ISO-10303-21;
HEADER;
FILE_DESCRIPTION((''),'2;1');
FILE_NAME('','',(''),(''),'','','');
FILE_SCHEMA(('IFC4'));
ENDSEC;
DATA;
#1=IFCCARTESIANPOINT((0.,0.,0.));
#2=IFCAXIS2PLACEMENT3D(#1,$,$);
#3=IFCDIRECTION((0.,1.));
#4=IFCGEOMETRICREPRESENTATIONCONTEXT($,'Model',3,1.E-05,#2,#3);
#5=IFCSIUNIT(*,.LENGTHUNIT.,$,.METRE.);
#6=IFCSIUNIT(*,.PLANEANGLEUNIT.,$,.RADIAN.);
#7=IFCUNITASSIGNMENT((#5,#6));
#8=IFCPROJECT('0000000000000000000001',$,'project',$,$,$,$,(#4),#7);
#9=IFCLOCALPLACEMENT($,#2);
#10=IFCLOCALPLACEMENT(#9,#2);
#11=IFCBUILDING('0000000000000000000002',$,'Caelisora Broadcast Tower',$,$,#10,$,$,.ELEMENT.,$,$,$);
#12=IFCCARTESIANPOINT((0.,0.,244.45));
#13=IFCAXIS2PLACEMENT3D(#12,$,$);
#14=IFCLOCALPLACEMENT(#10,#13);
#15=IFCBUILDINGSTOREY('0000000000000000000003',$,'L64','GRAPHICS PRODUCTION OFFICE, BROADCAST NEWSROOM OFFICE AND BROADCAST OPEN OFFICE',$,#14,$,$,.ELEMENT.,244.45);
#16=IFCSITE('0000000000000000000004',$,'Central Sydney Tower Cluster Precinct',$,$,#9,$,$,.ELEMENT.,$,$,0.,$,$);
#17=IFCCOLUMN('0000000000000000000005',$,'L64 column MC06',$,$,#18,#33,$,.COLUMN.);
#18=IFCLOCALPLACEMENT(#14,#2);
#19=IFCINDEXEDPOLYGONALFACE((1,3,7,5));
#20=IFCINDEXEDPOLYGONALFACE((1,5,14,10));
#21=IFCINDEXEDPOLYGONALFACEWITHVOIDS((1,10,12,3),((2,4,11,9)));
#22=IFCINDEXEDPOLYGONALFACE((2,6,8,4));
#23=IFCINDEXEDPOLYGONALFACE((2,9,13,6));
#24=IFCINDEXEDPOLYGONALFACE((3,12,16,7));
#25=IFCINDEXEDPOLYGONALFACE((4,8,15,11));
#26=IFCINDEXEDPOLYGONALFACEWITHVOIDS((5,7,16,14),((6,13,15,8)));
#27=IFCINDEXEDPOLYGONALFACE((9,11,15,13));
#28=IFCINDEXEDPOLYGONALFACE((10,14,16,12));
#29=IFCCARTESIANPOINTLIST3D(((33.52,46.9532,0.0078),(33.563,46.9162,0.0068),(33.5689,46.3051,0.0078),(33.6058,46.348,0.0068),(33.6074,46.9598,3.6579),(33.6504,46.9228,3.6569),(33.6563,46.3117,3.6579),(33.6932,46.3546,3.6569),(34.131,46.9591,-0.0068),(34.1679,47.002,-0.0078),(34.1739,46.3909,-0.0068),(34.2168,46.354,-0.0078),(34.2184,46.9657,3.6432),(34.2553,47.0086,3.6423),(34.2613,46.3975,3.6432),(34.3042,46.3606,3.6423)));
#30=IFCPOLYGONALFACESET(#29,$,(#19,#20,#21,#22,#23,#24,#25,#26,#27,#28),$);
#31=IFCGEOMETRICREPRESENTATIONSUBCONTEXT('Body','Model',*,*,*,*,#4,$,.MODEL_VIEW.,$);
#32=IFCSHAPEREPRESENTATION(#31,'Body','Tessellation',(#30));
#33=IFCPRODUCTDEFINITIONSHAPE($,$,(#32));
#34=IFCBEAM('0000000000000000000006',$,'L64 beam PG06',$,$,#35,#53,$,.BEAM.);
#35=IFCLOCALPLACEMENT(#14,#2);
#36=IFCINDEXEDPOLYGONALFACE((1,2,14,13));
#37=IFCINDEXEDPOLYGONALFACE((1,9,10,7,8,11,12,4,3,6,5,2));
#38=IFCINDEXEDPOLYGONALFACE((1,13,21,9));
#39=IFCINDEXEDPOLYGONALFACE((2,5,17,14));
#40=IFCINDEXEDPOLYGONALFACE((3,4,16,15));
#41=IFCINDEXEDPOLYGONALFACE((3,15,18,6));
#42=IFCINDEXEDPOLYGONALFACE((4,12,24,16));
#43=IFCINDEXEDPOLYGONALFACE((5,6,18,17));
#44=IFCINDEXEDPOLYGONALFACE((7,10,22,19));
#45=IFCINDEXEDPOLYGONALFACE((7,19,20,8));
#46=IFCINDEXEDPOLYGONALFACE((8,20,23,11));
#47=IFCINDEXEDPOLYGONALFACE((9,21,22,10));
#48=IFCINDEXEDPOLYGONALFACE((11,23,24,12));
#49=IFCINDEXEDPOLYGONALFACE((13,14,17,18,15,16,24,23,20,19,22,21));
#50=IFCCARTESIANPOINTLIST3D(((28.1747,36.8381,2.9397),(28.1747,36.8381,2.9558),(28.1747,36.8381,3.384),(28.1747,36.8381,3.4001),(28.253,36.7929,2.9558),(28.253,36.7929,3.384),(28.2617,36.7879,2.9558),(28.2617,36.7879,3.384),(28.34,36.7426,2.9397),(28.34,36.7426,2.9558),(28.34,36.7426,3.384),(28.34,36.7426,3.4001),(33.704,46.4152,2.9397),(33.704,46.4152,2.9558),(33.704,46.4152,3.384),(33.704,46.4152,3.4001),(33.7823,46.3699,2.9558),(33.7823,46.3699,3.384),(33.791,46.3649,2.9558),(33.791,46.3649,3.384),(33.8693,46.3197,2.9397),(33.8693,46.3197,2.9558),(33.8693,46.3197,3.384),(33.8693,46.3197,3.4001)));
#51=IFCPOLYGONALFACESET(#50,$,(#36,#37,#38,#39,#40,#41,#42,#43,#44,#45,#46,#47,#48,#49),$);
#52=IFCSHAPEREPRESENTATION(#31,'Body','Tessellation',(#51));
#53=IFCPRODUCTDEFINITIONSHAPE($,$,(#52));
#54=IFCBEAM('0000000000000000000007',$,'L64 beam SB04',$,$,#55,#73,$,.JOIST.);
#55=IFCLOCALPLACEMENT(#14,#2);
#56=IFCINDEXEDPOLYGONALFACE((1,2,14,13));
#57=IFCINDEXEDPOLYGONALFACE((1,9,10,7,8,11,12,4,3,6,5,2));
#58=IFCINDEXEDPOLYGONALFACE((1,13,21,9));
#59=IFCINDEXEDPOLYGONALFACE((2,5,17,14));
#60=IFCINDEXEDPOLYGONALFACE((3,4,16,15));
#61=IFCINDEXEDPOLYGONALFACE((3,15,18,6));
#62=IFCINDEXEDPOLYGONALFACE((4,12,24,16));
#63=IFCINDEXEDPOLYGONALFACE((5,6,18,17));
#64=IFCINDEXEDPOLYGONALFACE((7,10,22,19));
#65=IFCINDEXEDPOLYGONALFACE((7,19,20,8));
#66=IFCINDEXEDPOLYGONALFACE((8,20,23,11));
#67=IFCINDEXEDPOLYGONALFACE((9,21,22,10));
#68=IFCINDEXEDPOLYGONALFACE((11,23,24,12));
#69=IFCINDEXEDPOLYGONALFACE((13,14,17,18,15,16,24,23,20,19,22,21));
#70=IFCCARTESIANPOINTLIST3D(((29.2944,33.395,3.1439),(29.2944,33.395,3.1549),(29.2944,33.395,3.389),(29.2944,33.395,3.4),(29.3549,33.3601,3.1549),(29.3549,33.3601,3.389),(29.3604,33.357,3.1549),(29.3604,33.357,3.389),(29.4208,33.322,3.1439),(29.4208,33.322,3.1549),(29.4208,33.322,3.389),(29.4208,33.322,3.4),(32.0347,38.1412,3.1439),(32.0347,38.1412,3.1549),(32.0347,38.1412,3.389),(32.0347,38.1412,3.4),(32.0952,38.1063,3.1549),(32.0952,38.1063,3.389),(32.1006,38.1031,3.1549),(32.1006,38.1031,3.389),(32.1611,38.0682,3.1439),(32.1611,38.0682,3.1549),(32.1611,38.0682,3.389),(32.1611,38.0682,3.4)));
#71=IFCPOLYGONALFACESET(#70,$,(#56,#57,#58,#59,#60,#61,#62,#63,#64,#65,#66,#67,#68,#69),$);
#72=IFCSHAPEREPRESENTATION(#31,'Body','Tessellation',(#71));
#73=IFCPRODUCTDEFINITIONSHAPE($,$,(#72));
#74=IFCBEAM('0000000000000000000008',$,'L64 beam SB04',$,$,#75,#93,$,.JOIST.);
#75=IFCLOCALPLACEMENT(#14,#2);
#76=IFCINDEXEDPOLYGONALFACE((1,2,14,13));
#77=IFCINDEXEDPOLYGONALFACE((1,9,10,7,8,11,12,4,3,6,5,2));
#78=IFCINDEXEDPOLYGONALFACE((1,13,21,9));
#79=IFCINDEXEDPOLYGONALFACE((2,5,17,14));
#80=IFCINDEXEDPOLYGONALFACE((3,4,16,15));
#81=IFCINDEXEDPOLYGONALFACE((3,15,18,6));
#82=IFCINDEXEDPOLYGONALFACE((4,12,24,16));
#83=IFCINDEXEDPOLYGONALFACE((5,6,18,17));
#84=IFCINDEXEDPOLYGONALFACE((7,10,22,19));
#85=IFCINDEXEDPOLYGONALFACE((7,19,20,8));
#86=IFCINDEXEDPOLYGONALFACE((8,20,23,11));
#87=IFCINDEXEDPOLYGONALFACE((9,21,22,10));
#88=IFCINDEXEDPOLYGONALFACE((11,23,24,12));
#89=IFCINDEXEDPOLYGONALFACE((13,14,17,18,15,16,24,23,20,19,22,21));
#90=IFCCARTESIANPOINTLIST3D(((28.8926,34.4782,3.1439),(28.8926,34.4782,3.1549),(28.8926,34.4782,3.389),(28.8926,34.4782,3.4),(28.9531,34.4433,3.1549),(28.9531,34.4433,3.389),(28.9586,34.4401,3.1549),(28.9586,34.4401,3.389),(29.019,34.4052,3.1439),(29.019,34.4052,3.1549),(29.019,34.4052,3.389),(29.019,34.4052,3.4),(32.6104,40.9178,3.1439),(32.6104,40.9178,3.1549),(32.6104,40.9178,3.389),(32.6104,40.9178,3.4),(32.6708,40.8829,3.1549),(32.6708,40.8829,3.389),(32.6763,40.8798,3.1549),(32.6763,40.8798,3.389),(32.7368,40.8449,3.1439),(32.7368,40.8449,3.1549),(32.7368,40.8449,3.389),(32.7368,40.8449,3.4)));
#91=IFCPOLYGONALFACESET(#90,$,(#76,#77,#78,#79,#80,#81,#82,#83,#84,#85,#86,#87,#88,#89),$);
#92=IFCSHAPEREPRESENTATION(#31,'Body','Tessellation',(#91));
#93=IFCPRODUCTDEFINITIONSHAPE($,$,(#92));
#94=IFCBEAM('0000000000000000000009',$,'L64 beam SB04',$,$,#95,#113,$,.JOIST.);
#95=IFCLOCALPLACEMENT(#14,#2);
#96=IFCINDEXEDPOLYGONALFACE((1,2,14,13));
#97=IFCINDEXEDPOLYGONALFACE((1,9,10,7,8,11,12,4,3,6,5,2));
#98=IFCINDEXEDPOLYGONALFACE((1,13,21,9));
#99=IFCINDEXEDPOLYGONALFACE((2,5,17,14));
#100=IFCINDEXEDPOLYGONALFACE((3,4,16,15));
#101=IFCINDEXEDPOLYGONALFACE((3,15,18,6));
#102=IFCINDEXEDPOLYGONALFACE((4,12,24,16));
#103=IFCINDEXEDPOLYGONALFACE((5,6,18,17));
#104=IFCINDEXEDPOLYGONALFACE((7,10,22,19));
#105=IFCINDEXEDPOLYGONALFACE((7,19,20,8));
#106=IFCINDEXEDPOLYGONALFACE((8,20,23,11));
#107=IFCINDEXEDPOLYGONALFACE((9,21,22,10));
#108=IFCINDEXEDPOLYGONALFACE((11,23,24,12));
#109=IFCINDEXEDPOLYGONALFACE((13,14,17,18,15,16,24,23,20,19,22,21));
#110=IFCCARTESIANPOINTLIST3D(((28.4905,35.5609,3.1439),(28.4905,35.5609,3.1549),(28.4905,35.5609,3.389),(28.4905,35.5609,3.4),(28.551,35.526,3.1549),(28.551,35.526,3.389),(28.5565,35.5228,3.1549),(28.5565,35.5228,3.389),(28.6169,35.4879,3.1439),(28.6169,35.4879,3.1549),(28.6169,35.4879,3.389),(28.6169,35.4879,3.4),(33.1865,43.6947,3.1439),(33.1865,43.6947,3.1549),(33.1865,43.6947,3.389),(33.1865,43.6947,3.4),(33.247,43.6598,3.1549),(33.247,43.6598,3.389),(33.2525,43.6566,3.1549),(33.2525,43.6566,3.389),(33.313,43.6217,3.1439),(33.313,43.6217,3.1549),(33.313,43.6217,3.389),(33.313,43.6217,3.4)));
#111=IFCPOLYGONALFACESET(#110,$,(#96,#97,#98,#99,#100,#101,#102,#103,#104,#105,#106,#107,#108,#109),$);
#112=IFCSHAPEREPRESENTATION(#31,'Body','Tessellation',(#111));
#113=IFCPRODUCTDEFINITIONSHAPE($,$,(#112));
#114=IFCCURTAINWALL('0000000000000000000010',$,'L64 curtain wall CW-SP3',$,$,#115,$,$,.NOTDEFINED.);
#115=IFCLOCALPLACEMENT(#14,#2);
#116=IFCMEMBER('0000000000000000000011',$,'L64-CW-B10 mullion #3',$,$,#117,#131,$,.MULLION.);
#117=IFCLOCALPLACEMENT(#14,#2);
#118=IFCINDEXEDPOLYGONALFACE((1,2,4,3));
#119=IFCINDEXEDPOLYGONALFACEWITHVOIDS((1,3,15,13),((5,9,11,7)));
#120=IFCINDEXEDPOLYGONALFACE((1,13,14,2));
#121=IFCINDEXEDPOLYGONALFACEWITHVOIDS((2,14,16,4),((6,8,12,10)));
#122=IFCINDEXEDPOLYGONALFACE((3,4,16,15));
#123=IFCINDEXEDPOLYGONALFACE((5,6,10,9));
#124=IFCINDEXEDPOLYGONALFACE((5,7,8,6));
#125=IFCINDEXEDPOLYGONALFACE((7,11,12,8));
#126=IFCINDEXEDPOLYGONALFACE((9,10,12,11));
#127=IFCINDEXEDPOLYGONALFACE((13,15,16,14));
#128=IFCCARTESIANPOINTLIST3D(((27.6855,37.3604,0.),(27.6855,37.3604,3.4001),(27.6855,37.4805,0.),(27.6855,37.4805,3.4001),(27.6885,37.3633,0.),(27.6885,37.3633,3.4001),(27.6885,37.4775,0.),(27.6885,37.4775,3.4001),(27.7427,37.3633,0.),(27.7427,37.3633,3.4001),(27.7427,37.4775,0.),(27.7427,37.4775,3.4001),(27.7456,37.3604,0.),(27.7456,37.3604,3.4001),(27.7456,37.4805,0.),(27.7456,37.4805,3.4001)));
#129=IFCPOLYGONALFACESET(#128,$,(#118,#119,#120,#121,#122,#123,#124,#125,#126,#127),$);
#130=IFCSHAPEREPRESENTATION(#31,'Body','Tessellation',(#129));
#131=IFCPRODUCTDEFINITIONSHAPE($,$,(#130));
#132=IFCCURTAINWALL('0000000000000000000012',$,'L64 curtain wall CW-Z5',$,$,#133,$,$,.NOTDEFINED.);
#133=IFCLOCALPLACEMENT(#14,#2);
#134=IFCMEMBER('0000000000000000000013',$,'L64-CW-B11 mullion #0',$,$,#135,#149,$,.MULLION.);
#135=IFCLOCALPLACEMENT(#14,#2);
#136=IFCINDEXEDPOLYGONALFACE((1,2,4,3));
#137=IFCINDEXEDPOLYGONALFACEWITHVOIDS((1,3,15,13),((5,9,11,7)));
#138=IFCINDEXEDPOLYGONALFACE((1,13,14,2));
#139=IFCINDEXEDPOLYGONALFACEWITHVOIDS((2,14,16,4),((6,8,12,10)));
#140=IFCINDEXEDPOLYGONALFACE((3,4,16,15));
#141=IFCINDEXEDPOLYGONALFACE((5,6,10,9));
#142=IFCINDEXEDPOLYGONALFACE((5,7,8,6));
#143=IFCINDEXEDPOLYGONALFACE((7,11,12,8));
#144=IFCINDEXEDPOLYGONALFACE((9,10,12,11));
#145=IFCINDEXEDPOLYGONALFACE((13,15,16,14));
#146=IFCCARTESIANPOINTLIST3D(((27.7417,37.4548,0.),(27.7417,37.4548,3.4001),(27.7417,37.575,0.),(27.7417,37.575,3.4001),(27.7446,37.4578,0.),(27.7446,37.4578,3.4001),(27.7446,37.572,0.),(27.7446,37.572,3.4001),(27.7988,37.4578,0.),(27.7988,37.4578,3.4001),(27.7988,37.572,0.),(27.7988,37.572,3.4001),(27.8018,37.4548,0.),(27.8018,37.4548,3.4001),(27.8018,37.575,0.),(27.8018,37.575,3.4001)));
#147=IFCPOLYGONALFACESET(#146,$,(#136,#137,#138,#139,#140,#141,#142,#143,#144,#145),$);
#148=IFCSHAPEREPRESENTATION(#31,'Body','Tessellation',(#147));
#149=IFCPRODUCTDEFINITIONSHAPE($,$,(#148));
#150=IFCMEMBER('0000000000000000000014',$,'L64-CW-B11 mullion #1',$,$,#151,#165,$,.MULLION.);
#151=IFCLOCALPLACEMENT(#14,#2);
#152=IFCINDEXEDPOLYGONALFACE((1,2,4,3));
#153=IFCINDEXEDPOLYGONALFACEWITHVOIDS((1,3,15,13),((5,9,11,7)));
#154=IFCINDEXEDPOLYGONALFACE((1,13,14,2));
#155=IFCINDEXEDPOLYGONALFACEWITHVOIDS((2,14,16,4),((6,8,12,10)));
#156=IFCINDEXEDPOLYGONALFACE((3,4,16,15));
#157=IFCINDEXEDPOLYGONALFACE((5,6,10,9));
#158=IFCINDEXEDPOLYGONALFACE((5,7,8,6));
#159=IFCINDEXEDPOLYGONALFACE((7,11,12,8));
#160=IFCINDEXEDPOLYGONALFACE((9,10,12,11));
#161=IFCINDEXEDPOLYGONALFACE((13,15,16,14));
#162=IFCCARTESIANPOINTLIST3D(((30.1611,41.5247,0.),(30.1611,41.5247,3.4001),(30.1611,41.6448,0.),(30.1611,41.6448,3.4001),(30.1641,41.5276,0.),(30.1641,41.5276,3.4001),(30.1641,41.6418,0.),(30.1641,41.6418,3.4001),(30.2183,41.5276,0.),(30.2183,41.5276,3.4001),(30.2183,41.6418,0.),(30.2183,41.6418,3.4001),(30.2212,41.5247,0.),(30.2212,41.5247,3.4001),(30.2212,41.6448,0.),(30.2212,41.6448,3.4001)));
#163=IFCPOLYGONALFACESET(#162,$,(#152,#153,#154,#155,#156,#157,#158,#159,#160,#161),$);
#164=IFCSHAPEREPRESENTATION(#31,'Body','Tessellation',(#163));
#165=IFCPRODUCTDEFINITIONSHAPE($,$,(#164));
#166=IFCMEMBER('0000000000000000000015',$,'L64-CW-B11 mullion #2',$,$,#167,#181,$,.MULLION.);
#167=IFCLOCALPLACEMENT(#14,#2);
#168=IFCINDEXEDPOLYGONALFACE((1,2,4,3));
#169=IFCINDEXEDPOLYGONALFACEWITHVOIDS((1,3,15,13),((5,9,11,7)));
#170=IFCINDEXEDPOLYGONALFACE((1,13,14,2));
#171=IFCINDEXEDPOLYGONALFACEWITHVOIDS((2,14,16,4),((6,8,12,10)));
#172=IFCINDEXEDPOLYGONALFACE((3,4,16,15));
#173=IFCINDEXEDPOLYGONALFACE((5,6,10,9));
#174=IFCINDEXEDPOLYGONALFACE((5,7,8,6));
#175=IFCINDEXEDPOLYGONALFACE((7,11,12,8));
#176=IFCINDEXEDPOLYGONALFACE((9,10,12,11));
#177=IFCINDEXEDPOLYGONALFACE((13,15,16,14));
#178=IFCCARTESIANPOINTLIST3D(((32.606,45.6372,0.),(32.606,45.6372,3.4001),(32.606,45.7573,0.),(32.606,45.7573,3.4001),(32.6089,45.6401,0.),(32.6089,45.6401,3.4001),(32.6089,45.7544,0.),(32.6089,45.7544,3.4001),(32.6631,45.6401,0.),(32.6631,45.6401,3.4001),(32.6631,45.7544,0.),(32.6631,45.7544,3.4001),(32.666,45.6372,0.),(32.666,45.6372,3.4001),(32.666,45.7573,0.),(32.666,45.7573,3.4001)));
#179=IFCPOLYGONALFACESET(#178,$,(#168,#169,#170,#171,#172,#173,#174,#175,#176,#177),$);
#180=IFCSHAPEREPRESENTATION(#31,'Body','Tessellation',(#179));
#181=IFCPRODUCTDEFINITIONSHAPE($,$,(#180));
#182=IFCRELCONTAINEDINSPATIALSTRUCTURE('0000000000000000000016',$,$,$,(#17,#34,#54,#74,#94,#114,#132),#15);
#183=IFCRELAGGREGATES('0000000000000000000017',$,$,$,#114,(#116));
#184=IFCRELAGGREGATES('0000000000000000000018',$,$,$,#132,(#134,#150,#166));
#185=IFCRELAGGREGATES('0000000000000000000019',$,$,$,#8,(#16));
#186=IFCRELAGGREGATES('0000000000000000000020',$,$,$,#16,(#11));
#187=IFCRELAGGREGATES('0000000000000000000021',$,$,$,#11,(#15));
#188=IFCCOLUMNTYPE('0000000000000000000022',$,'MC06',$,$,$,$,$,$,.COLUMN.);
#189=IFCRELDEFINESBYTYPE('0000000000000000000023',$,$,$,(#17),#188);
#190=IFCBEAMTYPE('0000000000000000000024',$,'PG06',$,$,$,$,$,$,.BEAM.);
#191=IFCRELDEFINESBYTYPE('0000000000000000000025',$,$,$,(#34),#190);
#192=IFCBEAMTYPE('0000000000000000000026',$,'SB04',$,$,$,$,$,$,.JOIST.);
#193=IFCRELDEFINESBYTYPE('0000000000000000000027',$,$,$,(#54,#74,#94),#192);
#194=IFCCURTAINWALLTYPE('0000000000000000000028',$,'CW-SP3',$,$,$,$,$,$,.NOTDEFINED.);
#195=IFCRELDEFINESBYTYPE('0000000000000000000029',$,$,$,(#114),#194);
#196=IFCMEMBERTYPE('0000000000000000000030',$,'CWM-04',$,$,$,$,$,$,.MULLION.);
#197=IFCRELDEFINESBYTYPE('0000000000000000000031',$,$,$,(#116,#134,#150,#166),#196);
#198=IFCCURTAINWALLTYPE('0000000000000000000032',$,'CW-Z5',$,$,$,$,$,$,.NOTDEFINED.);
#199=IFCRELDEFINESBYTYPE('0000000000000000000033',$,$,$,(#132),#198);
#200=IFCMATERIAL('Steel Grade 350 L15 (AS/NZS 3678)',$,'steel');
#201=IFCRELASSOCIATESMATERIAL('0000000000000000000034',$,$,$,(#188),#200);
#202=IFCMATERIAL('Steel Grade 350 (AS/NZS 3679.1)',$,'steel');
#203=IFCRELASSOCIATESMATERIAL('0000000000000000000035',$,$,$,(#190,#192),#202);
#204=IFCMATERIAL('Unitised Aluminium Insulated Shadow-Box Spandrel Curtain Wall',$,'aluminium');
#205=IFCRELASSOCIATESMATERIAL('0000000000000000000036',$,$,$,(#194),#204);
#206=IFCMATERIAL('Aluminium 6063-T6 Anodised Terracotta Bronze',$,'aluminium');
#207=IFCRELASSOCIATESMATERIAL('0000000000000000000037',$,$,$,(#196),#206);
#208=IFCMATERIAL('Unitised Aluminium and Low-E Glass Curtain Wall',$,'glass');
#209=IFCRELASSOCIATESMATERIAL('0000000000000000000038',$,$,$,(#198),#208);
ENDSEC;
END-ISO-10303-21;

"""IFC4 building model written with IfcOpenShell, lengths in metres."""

from ifc_helpers import new_model, si_unit, direction, frame, origin, origin_2d, place, context, subcontext, project, spatial, hollow_rectangle, i_section, extrude, source, transform, mapped, material, material_profile, profile_set, type_object, type_shapes, element, aggregate, save


model = new_model("IFC4")

# Units and contexts
model_context = context("Model", 3, precision=1e-05, world=origin(), true_north=direction((0.0, 1.0)))
body_context = subcontext(model_context, "Body", "Model", "MODEL_VIEW")
ifc_project = project(units=[si_unit("LENGTHUNIT", "METRE"), si_unit("PLANEANGLEUNIT", "RADIAN")], contexts=[model_context])

# Site, building, storey
site_placement = place(None, origin())
site = spatial("IfcSite", under=ifc_project, at=site_placement, Name="Central Sydney Tower Cluster Precinct", CompositionType="ELEMENT", RefElevation=0.0)
building_placement = place(site_placement, origin())
building = spatial("IfcBuilding", under=site, at=building_placement, Name="Caelisora Broadcast Tower", CompositionType="ELEMENT")
storey_placement = place(building_placement, frame((0.0, 0.0, 244.45)))
storey = spatial("IfcBuildingStorey", under=building, at=storey_placement, Name="L64", Description="GRAPHICS PRODUCTION OFFICE, BROADCAST NEWSROOM OFFICE AND BROADCAST OPEN OFFICE", CompositionType="ELEMENT", Elevation=244.45)

# Column
ifc_material_1 = material(Name="Steel Grade 350 L15 (AS/NZS 3678)", Category="steel")
ifc_material_profile_1 = material_profile(ifc_material_1, hollow_rectangle(XDim=0.6499, YDim=0.6499, WallThickness=0.04, at=origin_2d()), Name="Steel Grade 350 L15 (AS/NZS 3678)")
ifc_profile_set_1 = profile_set([ifc_material_profile_1], Name="Steel Grade 350 L15 (AS/NZS 3678)")
column_type = type_object("IfcColumnType", Name="MC06", PredefinedType="COLUMN", material=ifc_profile_set_1)
shared_shape_1 = source(origin(), body_context, "Body", "SweptSolid", [
    extrude(hollow_rectangle(XDim=0.6499, YDim=0.6499, WallThickness=0.04, at=origin_2d()), origin(), (0.0, 0.0, 1.0), 3.6511),
])
type_shapes(column_type, [shared_shape_1])
column_placement = place(storey_placement, frame((33.8684, 46.6536, 0.0), z_axis=(0.023938, 0.001805, 0.999712), x_axis=(-0.075205, 0.997168, 0.0)))
element("IfcColumn", 1, at=column_placement, inside=storey, type_object=column_type, Name="L64 column MC06", PredefinedType="COLUMN", context=body_context, shape_type="MappedRepresentation", body=[
    mapped(shared_shape_1, transform((0.0, 0.0, 0.0), scale=1.0)),
])

# Beams
ifc_material_2 = material(Name="Steel Grade 350 (AS/NZS 3679.1)", Category="steel")
ifc_material_profile_2 = material_profile(ifc_material_2, i_section(OverallWidth=0.1909, OverallDepth=0.4604, WebThickness=0.01, FlangeThickness=0.0161, at=origin_2d()), Name="Steel Grade 350 (AS/NZS 3679.1)")
ifc_profile_set_2 = profile_set([ifc_material_profile_2], Name="Steel Grade 350 (AS/NZS 3679.1)")
beam_type_1 = type_object("IfcBeamType", Name="PG06", PredefinedType="BEAM", material=ifc_profile_set_2)
shared_shape_2 = source(origin(), body_context, "Body", "SweptSolid", [
    extrude(i_section(OverallWidth=0.1909, OverallDepth=0.4604, WebThickness=0.01, FlangeThickness=0.0161, at=origin_2d()), origin(), (0.0, 0.0, 1.0), 11.0586),
])
type_shapes(beam_type_1, [shared_shape_2])
beam_1_placement = place(storey_placement, frame((33.7866, 46.3674, 3.1699), z_axis=(-0.499995, -0.866028, 0.0), x_axis=(0.866028, -0.499995, 0.0)))
element("IfcBeam", 2, at=beam_1_placement, inside=storey, type_object=beam_type_1, Name="L64 beam PG06", PredefinedType="BEAM", context=body_context, shape_type="MappedRepresentation", body=[
    mapped(shared_shape_2, transform((0.0, 0.0, 0.0), scale=1.0)),
])
ifc_material_profile_3 = material_profile(ifc_material_2, i_section(OverallWidth=0.146, OverallDepth=0.2561, WebThickness=0.0063, FlangeThickness=0.011, at=origin_2d()), Name="Steel Grade 350 (AS/NZS 3679.1)")
ifc_profile_set_3 = profile_set([ifc_material_profile_3], Name="Steel Grade 350 (AS/NZS 3679.1)")
beam_type_2 = type_object("IfcBeamType", Name="SB04", PredefinedType="JOIST", material=ifc_profile_set_3)
shared_shape_3 = source(origin(), body_context, "Body", "SweptSolid", [
    extrude(i_section(OverallWidth=0.146, OverallDepth=0.2561, WebThickness=0.0063, FlangeThickness=0.011, at=origin_2d()), origin(), (0.0, 0.0, 1.0), 5.4805),
])
beam_2_placement = place(storey_placement, frame((32.0979, 38.1047, 3.272), z_axis=(-0.50001, -0.866019, 0.0), x_axis=(0.866019, -0.50001, 0.0)))
element("IfcBeam", 3, at=beam_2_placement, inside=storey, type_object=beam_type_2, Name="L64 beam SB04", PredefinedType="JOIST", context=body_context, shape_type="MappedRepresentation", body=[
    mapped(shared_shape_3, transform((0.0, 0.0, 0.0), scale=1.0)),
])
shared_shape_4 = source(origin(), body_context, "Body", "SweptSolid", [
    extrude(i_section(OverallWidth=0.146, OverallDepth=0.2561, WebThickness=0.0063, FlangeThickness=0.011, at=origin_2d()), origin(), (0.0, 0.0, 1.0), 7.4358),
])
beam_3_placement = place(storey_placement, frame((32.6736, 40.8813, 3.272), z_axis=(-0.499981, -0.866036, 0.0), x_axis=(0.866036, -0.499981, 0.0)))
element("IfcBeam", 4, at=beam_3_placement, inside=storey, type_object=beam_type_2, Name="L64 beam SB04", PredefinedType="JOIST", context=body_context, shape_type="MappedRepresentation", body=[
    mapped(shared_shape_4, transform((0.0, 0.0, 0.0), scale=1.0)),
])
shared_shape_5 = source(origin(), body_context, "Body", "SweptSolid", [
    extrude(i_section(OverallWidth=0.146, OverallDepth=0.2561, WebThickness=0.0063, FlangeThickness=0.011, at=origin_2d()), origin(), (0.0, 0.0, 1.0), 9.3921),
])
type_shapes(beam_type_2, [shared_shape_3, shared_shape_4, shared_shape_5])
beam_4_placement = place(storey_placement, frame((33.2498, 43.6582, 3.272), z_axis=(-0.5, -0.866025, 0.0), x_axis=(0.866025, -0.5, 0.0)))
element("IfcBeam", 5, at=beam_4_placement, inside=storey, type_object=beam_type_2, Name="L64 beam SB04", PredefinedType="JOIST", context=body_context, shape_type="MappedRepresentation", body=[
    mapped(shared_shape_5, transform((0.0, 0.0, 0.0), scale=1.0)),
])

# Curtain wall, member
ifc_material_3 = material(Name="Unitised Aluminium Insulated Shadow-Box Spandrel Curtain Wall", Category="aluminium")
curtain_wall_type_1 = type_object("IfcCurtainWallType", Name="CW-SP3", PredefinedType="NOTDEFINED", material=ifc_material_3)
curtain_wall_1_placement = place(storey_placement, origin())
curtain_wall_1 = element("IfcCurtainWall", 6, at=curtain_wall_1_placement, inside=storey, type_object=curtain_wall_type_1, Name="L64 curtain wall CW-SP3", PredefinedType="NOTDEFINED")
ifc_material_4 = material(Name="Aluminium 6063-T6 Anodised Terracotta Bronze", Category="aluminium")
ifc_material_profile_4 = material_profile(ifc_material_4, hollow_rectangle(XDim=0.0601, YDim=0.1201, WallThickness=0.0029, at=origin_2d()), Name="Aluminium 6063-T6 Anodised Terracotta Bronze")
ifc_profile_set_4 = profile_set([ifc_material_profile_4], Name="Aluminium 6063-T6 Anodised Terracotta Bronze")
member_type_1 = type_object("IfcMemberType", Name="CWM-04", PredefinedType="MULLION", material=ifc_profile_set_4)
shared_shape_6 = source(origin(), body_context, "Body", "SweptSolid", [
    extrude(hollow_rectangle(XDim=0.0601, YDim=0.1201, WallThickness=0.0029, at=origin_2d()), origin(), (0.0, 0.0, 1.0), 3.4001),
])
type_shapes(member_type_1, [shared_shape_6])
member_1_placement = place(storey_placement, frame((27.7156, 37.4204, 0.0), z_axis=(0.0, 0.0, 1.0), x_axis=(1.0, 0.0, 0.0)))
member_1 = element("IfcMember", 7, at=member_1_placement, type_object=member_type_1, Name="L64-CW-B10 mullion #3", PredefinedType="MULLION", context=body_context, shape_type="MappedRepresentation", body=[
    mapped(shared_shape_6, transform((0.0, 0.0, 0.0), scale=1.0)),
])
aggregate(curtain_wall_1, [member_1])

# Curtain wall, members
ifc_material_5 = material(Name="Unitised Aluminium and Low-E Glass Curtain Wall", Category="glass")
curtain_wall_type_2 = type_object("IfcCurtainWallType", Name="CW-Z5", PredefinedType="NOTDEFINED", material=ifc_material_5)
curtain_wall_2_placement = place(storey_placement, origin())
curtain_wall_2 = element("IfcCurtainWall", 8, at=curtain_wall_2_placement, inside=storey, type_object=curtain_wall_type_2, Name="L64 curtain wall CW-Z5", PredefinedType="NOTDEFINED")
member_2_placement = place(storey_placement, frame((27.7717, 37.5149, 0.0), z_axis=(0.0, 0.0, 1.0), x_axis=(1.0, 0.0, 0.0)))
member_2 = element("IfcMember", 9, at=member_2_placement, type_object=member_type_1, Name="L64-CW-B11 mullion #0", PredefinedType="MULLION", context=body_context, shape_type="MappedRepresentation", body=[
    mapped(shared_shape_6, transform((0.0, 0.0, 0.0), scale=1.0)),
])
member_3_placement = place(storey_placement, frame((30.1912, 41.5847, 0.0), z_axis=(0.0, 0.0, 1.0), x_axis=(1.0, 0.0, 0.0)))
member_3 = element("IfcMember", 10, at=member_3_placement, type_object=member_type_1, Name="L64-CW-B11 mullion #1", PredefinedType="MULLION", context=body_context, shape_type="MappedRepresentation", body=[
    mapped(shared_shape_6, transform((0.0, 0.0, 0.0), scale=1.0)),
])
member_4_placement = place(storey_placement, frame((32.636, 45.6973, 0.0), z_axis=(0.0, 0.0, 1.0), x_axis=(1.0, 0.0, 0.0)))
member_4 = element("IfcMember", 11, at=member_4_placement, type_object=member_type_1, Name="L64-CW-B11 mullion #2", PredefinedType="MULLION", context=body_context, shape_type="MappedRepresentation", body=[
    mapped(shared_shape_6, transform((0.0, 0.0, 0.0), scale=1.0)),
])

aggregate(curtain_wall_2, [member_2, member_3, member_4])

save(model, "model.ifc")
